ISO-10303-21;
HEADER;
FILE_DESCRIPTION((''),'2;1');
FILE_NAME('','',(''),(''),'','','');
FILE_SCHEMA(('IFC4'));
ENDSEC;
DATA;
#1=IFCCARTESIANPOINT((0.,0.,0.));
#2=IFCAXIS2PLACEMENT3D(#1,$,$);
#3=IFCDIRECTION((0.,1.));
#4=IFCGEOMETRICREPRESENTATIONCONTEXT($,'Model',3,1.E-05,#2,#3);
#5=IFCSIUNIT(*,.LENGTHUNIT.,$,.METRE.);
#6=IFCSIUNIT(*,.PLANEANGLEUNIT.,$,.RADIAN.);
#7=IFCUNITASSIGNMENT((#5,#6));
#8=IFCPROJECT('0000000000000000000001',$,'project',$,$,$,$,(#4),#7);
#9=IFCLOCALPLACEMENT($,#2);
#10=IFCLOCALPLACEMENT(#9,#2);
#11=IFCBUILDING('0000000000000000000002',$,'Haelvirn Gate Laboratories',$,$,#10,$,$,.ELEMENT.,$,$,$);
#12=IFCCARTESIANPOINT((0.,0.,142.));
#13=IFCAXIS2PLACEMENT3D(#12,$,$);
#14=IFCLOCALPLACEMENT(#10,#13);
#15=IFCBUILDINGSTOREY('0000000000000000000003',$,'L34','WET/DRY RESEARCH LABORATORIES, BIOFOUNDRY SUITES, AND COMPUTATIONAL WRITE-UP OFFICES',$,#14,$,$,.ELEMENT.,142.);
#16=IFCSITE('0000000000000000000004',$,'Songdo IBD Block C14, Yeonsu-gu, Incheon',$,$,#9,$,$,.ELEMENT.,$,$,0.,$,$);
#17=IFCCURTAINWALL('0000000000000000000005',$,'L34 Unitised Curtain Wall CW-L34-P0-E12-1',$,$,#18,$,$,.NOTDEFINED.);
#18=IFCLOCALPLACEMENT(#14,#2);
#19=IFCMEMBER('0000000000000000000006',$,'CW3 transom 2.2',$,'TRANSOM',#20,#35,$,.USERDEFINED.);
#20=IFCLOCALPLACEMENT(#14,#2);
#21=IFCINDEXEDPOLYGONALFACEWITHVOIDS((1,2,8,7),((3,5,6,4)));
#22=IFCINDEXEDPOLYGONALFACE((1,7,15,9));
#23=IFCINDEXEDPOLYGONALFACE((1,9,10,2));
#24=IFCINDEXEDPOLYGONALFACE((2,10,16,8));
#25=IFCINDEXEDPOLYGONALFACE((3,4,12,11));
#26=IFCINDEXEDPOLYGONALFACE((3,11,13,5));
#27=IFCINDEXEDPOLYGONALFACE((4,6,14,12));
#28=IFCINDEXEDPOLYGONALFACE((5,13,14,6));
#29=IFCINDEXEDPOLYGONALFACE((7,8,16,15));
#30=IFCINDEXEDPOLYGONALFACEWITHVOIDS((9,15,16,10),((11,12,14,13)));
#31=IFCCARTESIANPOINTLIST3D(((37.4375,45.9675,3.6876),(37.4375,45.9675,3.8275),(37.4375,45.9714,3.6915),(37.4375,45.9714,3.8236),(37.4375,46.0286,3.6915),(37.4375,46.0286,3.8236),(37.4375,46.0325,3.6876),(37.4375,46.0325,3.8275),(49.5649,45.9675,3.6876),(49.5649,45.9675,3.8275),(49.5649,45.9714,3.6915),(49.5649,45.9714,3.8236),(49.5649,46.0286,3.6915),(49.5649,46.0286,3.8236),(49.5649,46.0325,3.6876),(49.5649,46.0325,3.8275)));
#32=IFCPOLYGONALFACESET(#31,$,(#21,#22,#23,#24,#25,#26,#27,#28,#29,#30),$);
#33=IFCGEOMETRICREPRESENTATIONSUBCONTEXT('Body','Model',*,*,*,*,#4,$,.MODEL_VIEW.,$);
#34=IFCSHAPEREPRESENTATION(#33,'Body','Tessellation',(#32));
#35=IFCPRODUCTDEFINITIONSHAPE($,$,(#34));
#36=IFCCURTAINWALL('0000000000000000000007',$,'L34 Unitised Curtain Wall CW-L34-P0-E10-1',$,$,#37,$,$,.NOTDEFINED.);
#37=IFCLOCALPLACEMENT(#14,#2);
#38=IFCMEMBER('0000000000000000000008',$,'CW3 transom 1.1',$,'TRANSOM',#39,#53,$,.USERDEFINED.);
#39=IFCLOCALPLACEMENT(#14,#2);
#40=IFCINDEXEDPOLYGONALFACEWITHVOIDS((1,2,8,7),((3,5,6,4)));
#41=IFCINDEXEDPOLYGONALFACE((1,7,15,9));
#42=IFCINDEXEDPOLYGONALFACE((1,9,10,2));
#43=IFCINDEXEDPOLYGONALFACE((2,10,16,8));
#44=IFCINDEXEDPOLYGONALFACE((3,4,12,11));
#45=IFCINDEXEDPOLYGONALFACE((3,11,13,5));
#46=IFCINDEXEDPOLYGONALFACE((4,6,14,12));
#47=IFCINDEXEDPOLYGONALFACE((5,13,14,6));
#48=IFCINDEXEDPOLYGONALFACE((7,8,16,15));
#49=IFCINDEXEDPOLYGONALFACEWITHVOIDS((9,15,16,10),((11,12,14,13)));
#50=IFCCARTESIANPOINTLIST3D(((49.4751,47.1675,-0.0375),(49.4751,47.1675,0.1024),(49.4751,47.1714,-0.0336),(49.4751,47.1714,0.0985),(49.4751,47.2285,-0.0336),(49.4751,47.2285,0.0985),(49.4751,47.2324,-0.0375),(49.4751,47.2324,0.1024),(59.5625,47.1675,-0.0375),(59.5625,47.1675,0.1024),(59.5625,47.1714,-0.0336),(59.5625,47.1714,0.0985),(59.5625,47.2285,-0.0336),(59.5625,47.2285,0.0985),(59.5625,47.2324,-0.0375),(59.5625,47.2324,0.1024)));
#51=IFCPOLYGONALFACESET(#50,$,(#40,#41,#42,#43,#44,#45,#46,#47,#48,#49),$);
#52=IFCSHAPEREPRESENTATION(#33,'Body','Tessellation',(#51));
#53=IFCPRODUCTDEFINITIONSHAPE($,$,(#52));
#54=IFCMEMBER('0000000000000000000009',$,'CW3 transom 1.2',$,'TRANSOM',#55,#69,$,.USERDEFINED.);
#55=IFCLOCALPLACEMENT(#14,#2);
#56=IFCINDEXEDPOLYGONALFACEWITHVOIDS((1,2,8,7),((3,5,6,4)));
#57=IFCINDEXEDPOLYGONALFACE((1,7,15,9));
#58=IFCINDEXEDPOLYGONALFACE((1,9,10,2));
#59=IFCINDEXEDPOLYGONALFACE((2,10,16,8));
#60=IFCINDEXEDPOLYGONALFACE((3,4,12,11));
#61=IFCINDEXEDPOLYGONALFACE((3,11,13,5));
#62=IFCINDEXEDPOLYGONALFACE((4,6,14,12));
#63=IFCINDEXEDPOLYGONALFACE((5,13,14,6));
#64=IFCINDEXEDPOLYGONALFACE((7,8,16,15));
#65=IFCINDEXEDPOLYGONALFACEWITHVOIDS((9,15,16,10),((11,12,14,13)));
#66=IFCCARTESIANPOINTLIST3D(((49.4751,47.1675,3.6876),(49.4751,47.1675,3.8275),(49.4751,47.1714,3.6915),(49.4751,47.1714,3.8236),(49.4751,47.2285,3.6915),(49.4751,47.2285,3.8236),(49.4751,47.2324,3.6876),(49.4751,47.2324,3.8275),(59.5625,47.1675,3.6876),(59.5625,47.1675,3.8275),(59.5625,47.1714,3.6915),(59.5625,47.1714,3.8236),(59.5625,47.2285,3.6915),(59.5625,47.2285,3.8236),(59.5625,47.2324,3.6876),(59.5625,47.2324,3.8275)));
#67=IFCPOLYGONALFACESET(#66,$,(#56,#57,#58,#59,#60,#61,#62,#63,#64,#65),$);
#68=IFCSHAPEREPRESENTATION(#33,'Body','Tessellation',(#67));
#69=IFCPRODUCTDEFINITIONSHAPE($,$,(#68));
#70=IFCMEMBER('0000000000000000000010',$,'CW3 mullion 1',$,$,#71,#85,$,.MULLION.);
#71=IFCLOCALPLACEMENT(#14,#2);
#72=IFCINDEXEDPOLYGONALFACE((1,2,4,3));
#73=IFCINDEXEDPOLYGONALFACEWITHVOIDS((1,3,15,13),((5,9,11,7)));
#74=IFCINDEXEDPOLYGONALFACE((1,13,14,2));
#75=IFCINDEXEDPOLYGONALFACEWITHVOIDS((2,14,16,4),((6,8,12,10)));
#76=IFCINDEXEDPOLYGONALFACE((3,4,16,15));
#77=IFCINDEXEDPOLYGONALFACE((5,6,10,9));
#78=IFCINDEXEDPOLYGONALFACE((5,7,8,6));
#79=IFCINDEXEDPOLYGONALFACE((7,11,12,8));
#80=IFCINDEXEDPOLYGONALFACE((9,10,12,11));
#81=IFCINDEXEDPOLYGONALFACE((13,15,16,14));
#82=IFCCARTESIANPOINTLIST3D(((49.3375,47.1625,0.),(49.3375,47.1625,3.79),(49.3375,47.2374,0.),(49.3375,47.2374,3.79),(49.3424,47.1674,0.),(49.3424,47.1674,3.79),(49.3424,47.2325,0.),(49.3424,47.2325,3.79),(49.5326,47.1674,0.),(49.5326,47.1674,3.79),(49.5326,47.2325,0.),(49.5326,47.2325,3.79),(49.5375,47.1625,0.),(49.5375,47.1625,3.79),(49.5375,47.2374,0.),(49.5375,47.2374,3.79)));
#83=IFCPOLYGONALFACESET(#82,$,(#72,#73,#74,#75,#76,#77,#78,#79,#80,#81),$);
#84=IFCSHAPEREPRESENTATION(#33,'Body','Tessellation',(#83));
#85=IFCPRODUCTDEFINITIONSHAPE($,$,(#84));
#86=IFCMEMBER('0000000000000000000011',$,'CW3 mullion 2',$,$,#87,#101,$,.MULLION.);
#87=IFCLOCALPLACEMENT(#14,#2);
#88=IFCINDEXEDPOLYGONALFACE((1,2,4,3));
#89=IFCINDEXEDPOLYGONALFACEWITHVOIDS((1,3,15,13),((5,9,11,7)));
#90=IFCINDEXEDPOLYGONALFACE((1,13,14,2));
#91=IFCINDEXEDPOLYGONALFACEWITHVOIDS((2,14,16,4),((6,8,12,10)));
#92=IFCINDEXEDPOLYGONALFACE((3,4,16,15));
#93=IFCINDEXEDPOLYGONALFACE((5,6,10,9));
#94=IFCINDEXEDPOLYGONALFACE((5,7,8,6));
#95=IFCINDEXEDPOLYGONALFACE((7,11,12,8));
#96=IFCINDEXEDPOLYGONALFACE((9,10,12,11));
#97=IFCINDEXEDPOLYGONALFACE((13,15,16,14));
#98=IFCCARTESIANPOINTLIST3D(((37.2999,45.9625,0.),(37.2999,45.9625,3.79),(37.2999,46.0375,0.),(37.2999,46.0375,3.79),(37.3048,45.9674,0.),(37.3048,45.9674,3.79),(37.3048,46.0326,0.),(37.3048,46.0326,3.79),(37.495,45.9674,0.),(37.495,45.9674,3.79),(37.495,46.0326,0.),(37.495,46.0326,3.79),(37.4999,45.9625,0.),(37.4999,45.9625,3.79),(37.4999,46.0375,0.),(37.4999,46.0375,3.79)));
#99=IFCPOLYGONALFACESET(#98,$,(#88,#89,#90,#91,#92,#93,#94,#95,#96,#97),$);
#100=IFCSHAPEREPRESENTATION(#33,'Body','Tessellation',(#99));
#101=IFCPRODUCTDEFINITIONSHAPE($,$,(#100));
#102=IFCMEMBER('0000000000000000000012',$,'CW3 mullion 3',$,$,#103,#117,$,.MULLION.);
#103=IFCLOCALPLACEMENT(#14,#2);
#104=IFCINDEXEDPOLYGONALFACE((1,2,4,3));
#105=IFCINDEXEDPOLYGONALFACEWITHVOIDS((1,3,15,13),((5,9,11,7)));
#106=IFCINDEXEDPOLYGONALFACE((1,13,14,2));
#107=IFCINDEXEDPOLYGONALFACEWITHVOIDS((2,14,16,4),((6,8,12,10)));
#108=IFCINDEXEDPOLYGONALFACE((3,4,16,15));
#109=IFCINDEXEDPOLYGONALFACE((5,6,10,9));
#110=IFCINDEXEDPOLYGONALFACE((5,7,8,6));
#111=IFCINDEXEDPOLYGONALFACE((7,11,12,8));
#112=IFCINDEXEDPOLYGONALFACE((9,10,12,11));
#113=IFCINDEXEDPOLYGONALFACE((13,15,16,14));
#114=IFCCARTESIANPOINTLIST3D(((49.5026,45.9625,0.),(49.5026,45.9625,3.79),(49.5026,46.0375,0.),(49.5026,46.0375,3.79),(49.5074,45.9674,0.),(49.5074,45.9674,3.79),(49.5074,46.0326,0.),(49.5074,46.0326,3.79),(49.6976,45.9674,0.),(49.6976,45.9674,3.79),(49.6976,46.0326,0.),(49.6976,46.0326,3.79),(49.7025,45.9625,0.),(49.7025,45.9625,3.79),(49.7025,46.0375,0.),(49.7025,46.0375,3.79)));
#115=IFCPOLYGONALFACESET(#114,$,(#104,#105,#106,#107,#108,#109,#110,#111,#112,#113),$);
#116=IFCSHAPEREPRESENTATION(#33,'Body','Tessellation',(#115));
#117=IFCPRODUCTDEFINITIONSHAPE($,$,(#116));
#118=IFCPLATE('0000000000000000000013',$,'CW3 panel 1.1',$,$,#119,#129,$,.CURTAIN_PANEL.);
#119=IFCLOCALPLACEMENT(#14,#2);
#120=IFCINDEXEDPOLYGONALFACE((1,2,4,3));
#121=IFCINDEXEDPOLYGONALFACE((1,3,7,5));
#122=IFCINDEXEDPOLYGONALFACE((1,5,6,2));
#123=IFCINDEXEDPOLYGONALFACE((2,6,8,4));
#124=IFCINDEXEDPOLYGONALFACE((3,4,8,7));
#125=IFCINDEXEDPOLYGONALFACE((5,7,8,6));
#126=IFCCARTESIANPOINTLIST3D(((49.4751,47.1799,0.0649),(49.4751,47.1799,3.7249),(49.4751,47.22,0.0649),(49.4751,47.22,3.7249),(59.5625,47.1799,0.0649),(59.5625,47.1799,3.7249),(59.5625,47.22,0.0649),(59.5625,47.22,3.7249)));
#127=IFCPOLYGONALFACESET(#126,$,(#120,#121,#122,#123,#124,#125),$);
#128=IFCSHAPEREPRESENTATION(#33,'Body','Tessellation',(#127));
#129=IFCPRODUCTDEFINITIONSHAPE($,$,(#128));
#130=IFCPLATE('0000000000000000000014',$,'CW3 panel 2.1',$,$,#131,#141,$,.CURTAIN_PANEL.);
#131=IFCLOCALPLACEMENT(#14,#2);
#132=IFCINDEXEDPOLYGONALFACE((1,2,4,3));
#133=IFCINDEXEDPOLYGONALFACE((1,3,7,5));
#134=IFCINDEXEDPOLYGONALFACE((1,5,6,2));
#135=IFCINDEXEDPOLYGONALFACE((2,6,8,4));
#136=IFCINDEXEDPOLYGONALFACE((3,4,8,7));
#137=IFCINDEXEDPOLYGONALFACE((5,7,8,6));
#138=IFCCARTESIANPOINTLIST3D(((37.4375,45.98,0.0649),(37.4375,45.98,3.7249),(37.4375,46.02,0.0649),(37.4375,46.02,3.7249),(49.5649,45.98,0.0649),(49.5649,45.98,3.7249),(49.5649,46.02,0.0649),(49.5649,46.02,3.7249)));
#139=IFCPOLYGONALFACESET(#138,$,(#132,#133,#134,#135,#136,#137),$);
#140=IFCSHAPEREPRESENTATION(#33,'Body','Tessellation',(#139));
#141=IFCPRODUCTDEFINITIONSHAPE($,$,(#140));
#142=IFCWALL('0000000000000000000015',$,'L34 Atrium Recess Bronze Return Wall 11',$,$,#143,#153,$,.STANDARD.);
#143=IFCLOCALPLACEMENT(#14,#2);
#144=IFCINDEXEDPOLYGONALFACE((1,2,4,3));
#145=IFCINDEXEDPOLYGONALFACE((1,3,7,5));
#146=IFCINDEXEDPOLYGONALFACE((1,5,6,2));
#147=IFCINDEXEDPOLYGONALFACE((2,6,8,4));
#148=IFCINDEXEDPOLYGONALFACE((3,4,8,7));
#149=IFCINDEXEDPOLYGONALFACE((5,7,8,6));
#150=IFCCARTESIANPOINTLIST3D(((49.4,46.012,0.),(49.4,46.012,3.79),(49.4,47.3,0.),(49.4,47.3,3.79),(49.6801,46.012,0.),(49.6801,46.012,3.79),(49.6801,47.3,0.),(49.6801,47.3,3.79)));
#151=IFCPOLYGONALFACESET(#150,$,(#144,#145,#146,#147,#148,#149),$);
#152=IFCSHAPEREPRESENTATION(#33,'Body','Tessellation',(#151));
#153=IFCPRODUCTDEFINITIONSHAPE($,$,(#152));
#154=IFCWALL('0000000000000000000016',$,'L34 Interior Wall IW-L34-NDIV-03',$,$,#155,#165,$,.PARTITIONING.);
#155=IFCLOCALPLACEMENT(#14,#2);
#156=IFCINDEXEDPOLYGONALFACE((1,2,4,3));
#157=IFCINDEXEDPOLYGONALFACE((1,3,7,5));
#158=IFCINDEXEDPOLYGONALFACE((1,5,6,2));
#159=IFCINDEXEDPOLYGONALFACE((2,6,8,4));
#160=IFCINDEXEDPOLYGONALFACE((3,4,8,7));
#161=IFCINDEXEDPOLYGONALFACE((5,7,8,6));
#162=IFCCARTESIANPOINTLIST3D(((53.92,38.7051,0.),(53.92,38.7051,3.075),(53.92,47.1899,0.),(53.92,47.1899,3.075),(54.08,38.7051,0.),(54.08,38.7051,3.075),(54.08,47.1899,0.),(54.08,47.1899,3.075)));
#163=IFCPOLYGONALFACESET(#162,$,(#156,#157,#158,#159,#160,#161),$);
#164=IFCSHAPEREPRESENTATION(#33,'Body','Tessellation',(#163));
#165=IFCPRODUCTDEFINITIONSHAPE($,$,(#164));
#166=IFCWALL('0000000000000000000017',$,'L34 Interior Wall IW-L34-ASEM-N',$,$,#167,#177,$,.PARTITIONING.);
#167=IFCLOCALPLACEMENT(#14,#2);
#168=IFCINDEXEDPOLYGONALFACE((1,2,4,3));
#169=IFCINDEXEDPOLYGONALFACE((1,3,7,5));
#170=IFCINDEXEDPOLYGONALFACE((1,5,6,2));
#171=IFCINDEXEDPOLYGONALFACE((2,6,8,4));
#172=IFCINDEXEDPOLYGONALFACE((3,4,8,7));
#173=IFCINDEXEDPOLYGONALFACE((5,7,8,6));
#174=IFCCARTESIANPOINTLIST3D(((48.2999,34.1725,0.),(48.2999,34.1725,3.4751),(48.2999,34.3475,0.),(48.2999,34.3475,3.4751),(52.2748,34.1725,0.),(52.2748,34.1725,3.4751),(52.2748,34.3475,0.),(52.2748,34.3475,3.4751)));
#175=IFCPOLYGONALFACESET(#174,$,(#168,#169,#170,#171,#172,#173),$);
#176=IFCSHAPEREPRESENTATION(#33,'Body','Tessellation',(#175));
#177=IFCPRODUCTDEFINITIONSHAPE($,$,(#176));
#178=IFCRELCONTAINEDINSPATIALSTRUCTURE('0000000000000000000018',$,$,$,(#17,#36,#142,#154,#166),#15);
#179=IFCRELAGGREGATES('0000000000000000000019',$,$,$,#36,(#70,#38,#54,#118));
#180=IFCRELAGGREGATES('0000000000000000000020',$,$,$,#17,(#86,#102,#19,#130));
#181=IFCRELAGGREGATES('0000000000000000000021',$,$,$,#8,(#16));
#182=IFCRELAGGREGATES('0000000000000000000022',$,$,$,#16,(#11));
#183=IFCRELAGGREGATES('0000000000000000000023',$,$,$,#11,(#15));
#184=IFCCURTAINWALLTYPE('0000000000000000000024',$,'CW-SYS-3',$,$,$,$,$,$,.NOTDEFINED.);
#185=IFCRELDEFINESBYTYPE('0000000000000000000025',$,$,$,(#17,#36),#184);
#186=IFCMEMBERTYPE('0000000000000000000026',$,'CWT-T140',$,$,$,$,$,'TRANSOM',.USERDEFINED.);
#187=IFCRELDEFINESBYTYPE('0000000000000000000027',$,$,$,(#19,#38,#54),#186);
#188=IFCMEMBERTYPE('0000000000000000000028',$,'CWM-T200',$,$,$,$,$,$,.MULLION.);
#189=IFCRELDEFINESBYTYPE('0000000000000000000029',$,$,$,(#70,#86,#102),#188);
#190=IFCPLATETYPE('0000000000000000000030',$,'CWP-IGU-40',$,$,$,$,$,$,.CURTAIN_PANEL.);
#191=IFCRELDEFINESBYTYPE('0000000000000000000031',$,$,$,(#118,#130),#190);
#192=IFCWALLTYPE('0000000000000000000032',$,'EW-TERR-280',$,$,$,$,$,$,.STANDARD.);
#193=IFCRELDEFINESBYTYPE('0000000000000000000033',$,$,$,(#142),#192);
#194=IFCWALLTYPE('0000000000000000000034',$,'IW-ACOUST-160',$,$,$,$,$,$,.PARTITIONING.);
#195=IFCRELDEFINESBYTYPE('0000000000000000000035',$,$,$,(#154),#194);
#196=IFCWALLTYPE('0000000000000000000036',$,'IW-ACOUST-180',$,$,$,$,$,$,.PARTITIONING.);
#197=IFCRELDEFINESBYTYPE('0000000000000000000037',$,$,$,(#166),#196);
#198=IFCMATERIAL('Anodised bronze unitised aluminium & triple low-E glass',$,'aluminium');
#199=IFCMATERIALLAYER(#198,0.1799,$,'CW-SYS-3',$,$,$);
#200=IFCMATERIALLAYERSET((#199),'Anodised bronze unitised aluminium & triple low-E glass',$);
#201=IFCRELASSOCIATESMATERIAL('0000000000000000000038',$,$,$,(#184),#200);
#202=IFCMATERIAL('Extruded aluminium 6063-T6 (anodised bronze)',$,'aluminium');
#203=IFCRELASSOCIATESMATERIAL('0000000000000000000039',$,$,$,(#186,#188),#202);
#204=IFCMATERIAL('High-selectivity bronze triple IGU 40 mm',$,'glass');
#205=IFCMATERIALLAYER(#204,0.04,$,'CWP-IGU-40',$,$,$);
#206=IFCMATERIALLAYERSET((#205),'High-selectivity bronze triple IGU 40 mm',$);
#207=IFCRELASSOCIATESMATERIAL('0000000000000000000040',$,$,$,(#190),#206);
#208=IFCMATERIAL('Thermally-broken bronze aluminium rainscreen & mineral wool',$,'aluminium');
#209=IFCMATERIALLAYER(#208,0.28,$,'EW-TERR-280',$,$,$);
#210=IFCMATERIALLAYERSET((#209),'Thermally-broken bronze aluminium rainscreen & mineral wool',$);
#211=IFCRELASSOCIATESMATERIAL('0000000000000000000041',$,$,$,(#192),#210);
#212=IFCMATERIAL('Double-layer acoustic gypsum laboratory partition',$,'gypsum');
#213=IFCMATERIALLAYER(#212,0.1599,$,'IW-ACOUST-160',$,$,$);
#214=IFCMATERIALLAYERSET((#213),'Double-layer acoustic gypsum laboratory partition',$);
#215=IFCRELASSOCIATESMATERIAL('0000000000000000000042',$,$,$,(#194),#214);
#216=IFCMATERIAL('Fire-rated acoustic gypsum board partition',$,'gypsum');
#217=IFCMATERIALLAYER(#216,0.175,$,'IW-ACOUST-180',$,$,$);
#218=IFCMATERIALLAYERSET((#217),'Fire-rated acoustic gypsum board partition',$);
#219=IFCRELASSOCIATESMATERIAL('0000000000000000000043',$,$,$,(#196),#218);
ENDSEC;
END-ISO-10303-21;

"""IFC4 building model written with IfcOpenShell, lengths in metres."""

from ifc_helpers import new_model, si_unit, direction, frame, frame_2d, origin, origin_2d, place, context, subcontext, project, spatial, rectangle, hollow_rectangle, extrude, source, transform, mapped, material, layer, layer_set, material_profile, profile_set, type_object, type_shapes, element, aggregate, save


model = new_model("IFC4")

# Units and contexts
model_context = context("Model", 3, precision=1e-05, world=origin(), true_north=direction((0.0, 1.0)))
body_context = subcontext(model_context, "Body", "Model", "MODEL_VIEW")
ifc_project = project(units=[si_unit("LENGTHUNIT", "METRE"), si_unit("PLANEANGLEUNIT", "RADIAN")], contexts=[model_context])

# Site, building, storey
site_placement = place(None, origin())
site = spatial("IfcSite", under=ifc_project, at=site_placement, Name="Songdo IBD Block C14, Yeonsu-gu, Incheon", CompositionType="ELEMENT", RefElevation=0.0)
building_placement = place(site_placement, origin())
building = spatial("IfcBuilding", under=site, at=building_placement, Name="Haelvirn Gate Laboratories", CompositionType="ELEMENT")
storey_placement = place(building_placement, frame((0.0, 0.0, 142.0)))
storey = spatial("IfcBuildingStorey", under=building, at=storey_placement, Name="L34", Description="WET/DRY RESEARCH LABORATORIES, BIOFOUNDRY SUITES, AND COMPUTATIONAL WRITE-UP OFFICES", CompositionType="ELEMENT", Elevation=142.0)

# Curtain walls, members
ifc_material_1 = material(Name="Anodised bronze unitised aluminium & triple low-E glass", Category="aluminium")
ifc_layer_1 = layer(ifc_material_1, 0.1799, Name="CW-SYS-3")
ifc_layer_set_1 = layer_set([ifc_layer_1], Name="Anodised bronze unitised aluminium & triple low-E glass")
curtain_wall_type = type_object("IfcCurtainWallType", Name="CW-SYS-3", PredefinedType="NOTDEFINED", material=ifc_layer_set_1)
curtain_wall_1_placement = place(storey_placement, origin())
curtain_wall_1 = element("IfcCurtainWall", 1, at=curtain_wall_1_placement, inside=storey, type_object=curtain_wall_type, Name="L34 Unitised Curtain Wall CW-L34-P0-E12-1", PredefinedType="NOTDEFINED")
ifc_material_2 = material(Name="Extruded aluminium 6063-T6 (anodised bronze)", Category="aluminium")
ifc_material_profile_1 = material_profile(ifc_material_2, hollow_rectangle(XDim=0.0649, YDim=0.1399, WallThickness=0.0039, at=origin_2d()), Name="CWT-140x65x4")
ifc_profile_set_1 = profile_set([ifc_material_profile_1], Name="Extruded aluminium 6063-T6 (anodised bronze)")
member_type_1 = type_object("IfcMemberType", Name="CWT-T140", ElementType="TRANSOM", PredefinedType="USERDEFINED", material=ifc_profile_set_1)
shared_shape_1 = source(origin(), body_context, "Body", "SweptSolid", [
    extrude(hollow_rectangle(XDim=0.0649, YDim=0.1399, WallThickness=0.0039, at=origin_2d()), origin(), (0.0, 0.0, 1.0), 12.1274),
])
member_1_placement = place(storey_placement, frame((37.4375, 46.0, 3.7576), z_axis=(1.0, 0.0, 0.0), x_axis=(0.0, 1.0, 0.0)))
member_1 = element("IfcMember", 2, at=member_1_placement, type_object=member_type_1, Name="CW3 transom 2.2", ObjectType="TRANSOM", PredefinedType="USERDEFINED", context=body_context, shape_type="MappedRepresentation", body=[
    mapped(shared_shape_1, transform((0.0, 0.0, 0.0), scale=1.0)),
])
curtain_wall_2_placement = place(storey_placement, origin())
curtain_wall_2 = element("IfcCurtainWall", 3, at=curtain_wall_2_placement, inside=storey, type_object=curtain_wall_type, Name="L34 Unitised Curtain Wall CW-L34-P0-E10-1", PredefinedType="NOTDEFINED")
shared_shape_2 = source(origin(), body_context, "Body", "SweptSolid", [
    extrude(hollow_rectangle(XDim=0.0649, YDim=0.1399, WallThickness=0.0039, at=origin_2d()), origin(), (0.0, 0.0, 1.0), 10.0874),
])
type_shapes(member_type_1, [shared_shape_1, shared_shape_2])
member_2_placement = place(storey_placement, frame((49.4751, 47.2, 0.0325), z_axis=(1.0, 0.0, 0.0), x_axis=(0.0, 1.0, 0.0)))
member_2 = element("IfcMember", 4, at=member_2_placement, type_object=member_type_1, Name="CW3 transom 1.1", ObjectType="TRANSOM", PredefinedType="USERDEFINED", context=body_context, shape_type="MappedRepresentation", body=[
    mapped(shared_shape_2, transform((0.0, 0.0, 0.0), scale=1.0)),
])
member_3_placement = place(storey_placement, frame((49.4751, 47.2, 3.7576), z_axis=(1.0, 0.0, 0.0), x_axis=(0.0, 1.0, 0.0)))
member_3 = element("IfcMember", 5, at=member_3_placement, type_object=member_type_1, Name="CW3 transom 1.2", ObjectType="TRANSOM", PredefinedType="USERDEFINED", context=body_context, shape_type="MappedRepresentation", body=[
    mapped(shared_shape_2, transform((0.0, 0.0, 0.0), scale=1.0)),
])
ifc_material_profile_2 = material_profile(ifc_material_2, hollow_rectangle(XDim=0.075, YDim=0.2, WallThickness=0.0049, at=origin_2d()), Name="CWM-200x75x5")
ifc_profile_set_2 = profile_set([ifc_material_profile_2], Name="Extruded aluminium 6063-T6 (anodised bronze)")
member_type_2 = type_object("IfcMemberType", Name="CWM-T200", PredefinedType="MULLION", material=ifc_profile_set_2)
shared_shape_3 = source(origin(), body_context, "Body", "SweptSolid", [
    extrude(hollow_rectangle(XDim=0.075, YDim=0.2, WallThickness=0.0049, at=origin_2d()), origin(), (0.0, 0.0, 1.0), 3.79),
])
type_shapes(member_type_2, [shared_shape_3])
member_4_placement = place(storey_placement, frame((49.4375, 47.2, 0.0), z_axis=(0.0, 0.0, 1.0), x_axis=(0.0, 1.0, 0.0)))
member_4 = element("IfcMember", 6, at=member_4_placement, type_object=member_type_2, Name="CW3 mullion 1", PredefinedType="MULLION", context=body_context, shape_type="MappedRepresentation", body=[
    mapped(shared_shape_3, transform((0.0, 0.0, 0.0), scale=1.0)),
])

# Members
member_5_placement = place(storey_placement, frame((37.3999, 46.0, 0.0), z_axis=(0.0, 0.0, 1.0), x_axis=(0.0, 1.0, 0.0)))
member_5 = element("IfcMember", 7, at=member_5_placement, type_object=member_type_2, Name="CW3 mullion 2", PredefinedType="MULLION", context=body_context, shape_type="MappedRepresentation", body=[
    mapped(shared_shape_3, transform((0.0, 0.0, 0.0), scale=1.0)),
])
member_6_placement = place(storey_placement, frame((49.6025, 46.0, 0.0), z_axis=(0.0, 0.0, 1.0), x_axis=(0.0, 1.0, 0.0)))
member_6 = element("IfcMember", 8, at=member_6_placement, type_object=member_type_2, Name="CW3 mullion 3", PredefinedType="MULLION", context=body_context, shape_type="MappedRepresentation", body=[
    mapped(shared_shape_3, transform((0.0, 0.0, 0.0), scale=1.0)),
])

# Plates
ifc_material_3 = material(Name="High-selectivity bronze triple IGU 40 mm", Category="glass")
ifc_layer_2 = layer(ifc_material_3, 0.04, Name="CWP-IGU-40")
ifc_layer_set_2 = layer_set([ifc_layer_2], Name="High-selectivity bronze triple IGU 40 mm")
plate_type = type_object("IfcPlateType", Name="CWP-IGU-40", PredefinedType="CURTAIN_PANEL", material=ifc_layer_set_2)
shared_shape_4 = source(origin(), body_context, "Body", "SweptSolid", [
    extrude(rectangle(XDim=10.0874, YDim=0.04, at=origin_2d()), origin(), (0.0, 0.0, 1.0), 3.6599),
])
plate_1_placement = place(storey_placement, frame((54.5188, 47.2, 0.0649), z_axis=(0.0, 0.0, 1.0), x_axis=(1.0, 0.0, 0.0)))
plate_1 = element("IfcPlate", 9, at=plate_1_placement, type_object=plate_type, Name="CW3 panel 1.1", PredefinedType="CURTAIN_PANEL", context=body_context, shape_type="MappedRepresentation", body=[
    mapped(shared_shape_4, transform((0.0, 0.0, 0.0), scale=1.0)),
])
aggregate(curtain_wall_2, [member_4, member_2, member_3, plate_1])
shared_shape_5 = source(origin(), body_context, "Body", "SweptSolid", [
    extrude(rectangle(XDim=12.1274, YDim=0.04, at=origin_2d()), origin(), (0.0, 0.0, 1.0), 3.6599),
])
type_shapes(plate_type, [shared_shape_4, shared_shape_5])
plate_2_placement = place(storey_placement, frame((43.5012, 46.0, 0.0649), z_axis=(0.0, 0.0, 1.0), x_axis=(1.0, 0.0, 0.0)))
plate_2 = element("IfcPlate", 10, at=plate_2_placement, type_object=plate_type, Name="CW3 panel 2.1", PredefinedType="CURTAIN_PANEL", context=body_context, shape_type="MappedRepresentation", body=[
    mapped(shared_shape_5, transform((0.0, 0.0, 0.0), scale=1.0)),
])
aggregate(curtain_wall_1, [member_5, member_6, member_1, plate_2])

# Walls
ifc_material_4 = material(Name="Thermally-broken bronze aluminium rainscreen & mineral wool", Category="aluminium")
ifc_layer_3 = layer(ifc_material_4, 0.28, Name="EW-TERR-280")
ifc_layer_set_3 = layer_set([ifc_layer_3], Name="Thermally-broken bronze aluminium rainscreen & mineral wool")
wall_type_1 = type_object("IfcWallType", Name="EW-TERR-280", PredefinedType="STANDARD", material=ifc_layer_set_3)
wall_1_placement = place(storey_placement, frame((49.54, 47.3, 0.0), z_axis=(0.0, 0.0, 1.0), x_axis=(0.0, -1.0, 0.0)))
element("IfcWall", 11, at=wall_1_placement, inside=storey, type_object=wall_type_1, Name="L34 Atrium Recess Bronze Return Wall 11", PredefinedType="STANDARD", context=body_context, shape_type="SweptSolid", body=[
    extrude(rectangle(XDim=1.2881, YDim=0.28, at=frame_2d((0.644, 0.0))), origin(), (0.0, 0.0, 1.0), 3.79),
])
ifc_material_5 = material(Name="Double-layer acoustic gypsum laboratory partition", Category="gypsum")
ifc_layer_4 = layer(ifc_material_5, 0.1599, Name="IW-ACOUST-160")
ifc_layer_set_4 = layer_set([ifc_layer_4], Name="Double-layer acoustic gypsum laboratory partition")
wall_type_2 = type_object("IfcWallType", Name="IW-ACOUST-160", PredefinedType="PARTITIONING", material=ifc_layer_set_4)
wall_2_placement = place(storey_placement, frame((54.0, 38.7051, 0.0), z_axis=(0.0, 0.0, 1.0), x_axis=(0.0, 1.0, 0.0)))
element("IfcWall", 12, at=wall_2_placement, inside=storey, type_object=wall_type_2, Name="L34 Interior Wall IW-L34-NDIV-03", PredefinedType="PARTITIONING", context=body_context, shape_type="SweptSolid", body=[
    extrude(rectangle(XDim=8.4849, YDim=0.1599, at=frame_2d((4.2424, 0.0))), origin(), (0.0, 0.0, 1.0), 3.075),
])
ifc_material_6 = material(Name="Fire-rated acoustic gypsum board partition", Category="gypsum")
ifc_layer_5 = layer(ifc_material_6, 0.175, Name="IW-ACOUST-180")
ifc_layer_set_5 = layer_set([ifc_layer_5], Name="Fire-rated acoustic gypsum board partition")
wall_type_3 = type_object("IfcWallType", Name="IW-ACOUST-180", PredefinedType="PARTITIONING", material=ifc_layer_set_5)
wall_3_placement = place(storey_placement, frame((48.3, 34.26, 0.0), z_axis=(0.0, 0.0, 1.0), x_axis=(1.0, 0.0, 0.0)))
element("IfcWall", 13, at=wall_3_placement, inside=storey, type_object=wall_type_3, Name="L34 Interior Wall IW-L34-ASEM-N", PredefinedType="PARTITIONING", context=body_context, shape_type="SweptSolid", body=[
    extrude(rectangle(XDim=3.9749, YDim=0.175, at=frame_2d((1.9873, 0.0))), origin(), (0.0, 0.0, 1.0), 3.4751),
])

save(model, "model.ifc")
